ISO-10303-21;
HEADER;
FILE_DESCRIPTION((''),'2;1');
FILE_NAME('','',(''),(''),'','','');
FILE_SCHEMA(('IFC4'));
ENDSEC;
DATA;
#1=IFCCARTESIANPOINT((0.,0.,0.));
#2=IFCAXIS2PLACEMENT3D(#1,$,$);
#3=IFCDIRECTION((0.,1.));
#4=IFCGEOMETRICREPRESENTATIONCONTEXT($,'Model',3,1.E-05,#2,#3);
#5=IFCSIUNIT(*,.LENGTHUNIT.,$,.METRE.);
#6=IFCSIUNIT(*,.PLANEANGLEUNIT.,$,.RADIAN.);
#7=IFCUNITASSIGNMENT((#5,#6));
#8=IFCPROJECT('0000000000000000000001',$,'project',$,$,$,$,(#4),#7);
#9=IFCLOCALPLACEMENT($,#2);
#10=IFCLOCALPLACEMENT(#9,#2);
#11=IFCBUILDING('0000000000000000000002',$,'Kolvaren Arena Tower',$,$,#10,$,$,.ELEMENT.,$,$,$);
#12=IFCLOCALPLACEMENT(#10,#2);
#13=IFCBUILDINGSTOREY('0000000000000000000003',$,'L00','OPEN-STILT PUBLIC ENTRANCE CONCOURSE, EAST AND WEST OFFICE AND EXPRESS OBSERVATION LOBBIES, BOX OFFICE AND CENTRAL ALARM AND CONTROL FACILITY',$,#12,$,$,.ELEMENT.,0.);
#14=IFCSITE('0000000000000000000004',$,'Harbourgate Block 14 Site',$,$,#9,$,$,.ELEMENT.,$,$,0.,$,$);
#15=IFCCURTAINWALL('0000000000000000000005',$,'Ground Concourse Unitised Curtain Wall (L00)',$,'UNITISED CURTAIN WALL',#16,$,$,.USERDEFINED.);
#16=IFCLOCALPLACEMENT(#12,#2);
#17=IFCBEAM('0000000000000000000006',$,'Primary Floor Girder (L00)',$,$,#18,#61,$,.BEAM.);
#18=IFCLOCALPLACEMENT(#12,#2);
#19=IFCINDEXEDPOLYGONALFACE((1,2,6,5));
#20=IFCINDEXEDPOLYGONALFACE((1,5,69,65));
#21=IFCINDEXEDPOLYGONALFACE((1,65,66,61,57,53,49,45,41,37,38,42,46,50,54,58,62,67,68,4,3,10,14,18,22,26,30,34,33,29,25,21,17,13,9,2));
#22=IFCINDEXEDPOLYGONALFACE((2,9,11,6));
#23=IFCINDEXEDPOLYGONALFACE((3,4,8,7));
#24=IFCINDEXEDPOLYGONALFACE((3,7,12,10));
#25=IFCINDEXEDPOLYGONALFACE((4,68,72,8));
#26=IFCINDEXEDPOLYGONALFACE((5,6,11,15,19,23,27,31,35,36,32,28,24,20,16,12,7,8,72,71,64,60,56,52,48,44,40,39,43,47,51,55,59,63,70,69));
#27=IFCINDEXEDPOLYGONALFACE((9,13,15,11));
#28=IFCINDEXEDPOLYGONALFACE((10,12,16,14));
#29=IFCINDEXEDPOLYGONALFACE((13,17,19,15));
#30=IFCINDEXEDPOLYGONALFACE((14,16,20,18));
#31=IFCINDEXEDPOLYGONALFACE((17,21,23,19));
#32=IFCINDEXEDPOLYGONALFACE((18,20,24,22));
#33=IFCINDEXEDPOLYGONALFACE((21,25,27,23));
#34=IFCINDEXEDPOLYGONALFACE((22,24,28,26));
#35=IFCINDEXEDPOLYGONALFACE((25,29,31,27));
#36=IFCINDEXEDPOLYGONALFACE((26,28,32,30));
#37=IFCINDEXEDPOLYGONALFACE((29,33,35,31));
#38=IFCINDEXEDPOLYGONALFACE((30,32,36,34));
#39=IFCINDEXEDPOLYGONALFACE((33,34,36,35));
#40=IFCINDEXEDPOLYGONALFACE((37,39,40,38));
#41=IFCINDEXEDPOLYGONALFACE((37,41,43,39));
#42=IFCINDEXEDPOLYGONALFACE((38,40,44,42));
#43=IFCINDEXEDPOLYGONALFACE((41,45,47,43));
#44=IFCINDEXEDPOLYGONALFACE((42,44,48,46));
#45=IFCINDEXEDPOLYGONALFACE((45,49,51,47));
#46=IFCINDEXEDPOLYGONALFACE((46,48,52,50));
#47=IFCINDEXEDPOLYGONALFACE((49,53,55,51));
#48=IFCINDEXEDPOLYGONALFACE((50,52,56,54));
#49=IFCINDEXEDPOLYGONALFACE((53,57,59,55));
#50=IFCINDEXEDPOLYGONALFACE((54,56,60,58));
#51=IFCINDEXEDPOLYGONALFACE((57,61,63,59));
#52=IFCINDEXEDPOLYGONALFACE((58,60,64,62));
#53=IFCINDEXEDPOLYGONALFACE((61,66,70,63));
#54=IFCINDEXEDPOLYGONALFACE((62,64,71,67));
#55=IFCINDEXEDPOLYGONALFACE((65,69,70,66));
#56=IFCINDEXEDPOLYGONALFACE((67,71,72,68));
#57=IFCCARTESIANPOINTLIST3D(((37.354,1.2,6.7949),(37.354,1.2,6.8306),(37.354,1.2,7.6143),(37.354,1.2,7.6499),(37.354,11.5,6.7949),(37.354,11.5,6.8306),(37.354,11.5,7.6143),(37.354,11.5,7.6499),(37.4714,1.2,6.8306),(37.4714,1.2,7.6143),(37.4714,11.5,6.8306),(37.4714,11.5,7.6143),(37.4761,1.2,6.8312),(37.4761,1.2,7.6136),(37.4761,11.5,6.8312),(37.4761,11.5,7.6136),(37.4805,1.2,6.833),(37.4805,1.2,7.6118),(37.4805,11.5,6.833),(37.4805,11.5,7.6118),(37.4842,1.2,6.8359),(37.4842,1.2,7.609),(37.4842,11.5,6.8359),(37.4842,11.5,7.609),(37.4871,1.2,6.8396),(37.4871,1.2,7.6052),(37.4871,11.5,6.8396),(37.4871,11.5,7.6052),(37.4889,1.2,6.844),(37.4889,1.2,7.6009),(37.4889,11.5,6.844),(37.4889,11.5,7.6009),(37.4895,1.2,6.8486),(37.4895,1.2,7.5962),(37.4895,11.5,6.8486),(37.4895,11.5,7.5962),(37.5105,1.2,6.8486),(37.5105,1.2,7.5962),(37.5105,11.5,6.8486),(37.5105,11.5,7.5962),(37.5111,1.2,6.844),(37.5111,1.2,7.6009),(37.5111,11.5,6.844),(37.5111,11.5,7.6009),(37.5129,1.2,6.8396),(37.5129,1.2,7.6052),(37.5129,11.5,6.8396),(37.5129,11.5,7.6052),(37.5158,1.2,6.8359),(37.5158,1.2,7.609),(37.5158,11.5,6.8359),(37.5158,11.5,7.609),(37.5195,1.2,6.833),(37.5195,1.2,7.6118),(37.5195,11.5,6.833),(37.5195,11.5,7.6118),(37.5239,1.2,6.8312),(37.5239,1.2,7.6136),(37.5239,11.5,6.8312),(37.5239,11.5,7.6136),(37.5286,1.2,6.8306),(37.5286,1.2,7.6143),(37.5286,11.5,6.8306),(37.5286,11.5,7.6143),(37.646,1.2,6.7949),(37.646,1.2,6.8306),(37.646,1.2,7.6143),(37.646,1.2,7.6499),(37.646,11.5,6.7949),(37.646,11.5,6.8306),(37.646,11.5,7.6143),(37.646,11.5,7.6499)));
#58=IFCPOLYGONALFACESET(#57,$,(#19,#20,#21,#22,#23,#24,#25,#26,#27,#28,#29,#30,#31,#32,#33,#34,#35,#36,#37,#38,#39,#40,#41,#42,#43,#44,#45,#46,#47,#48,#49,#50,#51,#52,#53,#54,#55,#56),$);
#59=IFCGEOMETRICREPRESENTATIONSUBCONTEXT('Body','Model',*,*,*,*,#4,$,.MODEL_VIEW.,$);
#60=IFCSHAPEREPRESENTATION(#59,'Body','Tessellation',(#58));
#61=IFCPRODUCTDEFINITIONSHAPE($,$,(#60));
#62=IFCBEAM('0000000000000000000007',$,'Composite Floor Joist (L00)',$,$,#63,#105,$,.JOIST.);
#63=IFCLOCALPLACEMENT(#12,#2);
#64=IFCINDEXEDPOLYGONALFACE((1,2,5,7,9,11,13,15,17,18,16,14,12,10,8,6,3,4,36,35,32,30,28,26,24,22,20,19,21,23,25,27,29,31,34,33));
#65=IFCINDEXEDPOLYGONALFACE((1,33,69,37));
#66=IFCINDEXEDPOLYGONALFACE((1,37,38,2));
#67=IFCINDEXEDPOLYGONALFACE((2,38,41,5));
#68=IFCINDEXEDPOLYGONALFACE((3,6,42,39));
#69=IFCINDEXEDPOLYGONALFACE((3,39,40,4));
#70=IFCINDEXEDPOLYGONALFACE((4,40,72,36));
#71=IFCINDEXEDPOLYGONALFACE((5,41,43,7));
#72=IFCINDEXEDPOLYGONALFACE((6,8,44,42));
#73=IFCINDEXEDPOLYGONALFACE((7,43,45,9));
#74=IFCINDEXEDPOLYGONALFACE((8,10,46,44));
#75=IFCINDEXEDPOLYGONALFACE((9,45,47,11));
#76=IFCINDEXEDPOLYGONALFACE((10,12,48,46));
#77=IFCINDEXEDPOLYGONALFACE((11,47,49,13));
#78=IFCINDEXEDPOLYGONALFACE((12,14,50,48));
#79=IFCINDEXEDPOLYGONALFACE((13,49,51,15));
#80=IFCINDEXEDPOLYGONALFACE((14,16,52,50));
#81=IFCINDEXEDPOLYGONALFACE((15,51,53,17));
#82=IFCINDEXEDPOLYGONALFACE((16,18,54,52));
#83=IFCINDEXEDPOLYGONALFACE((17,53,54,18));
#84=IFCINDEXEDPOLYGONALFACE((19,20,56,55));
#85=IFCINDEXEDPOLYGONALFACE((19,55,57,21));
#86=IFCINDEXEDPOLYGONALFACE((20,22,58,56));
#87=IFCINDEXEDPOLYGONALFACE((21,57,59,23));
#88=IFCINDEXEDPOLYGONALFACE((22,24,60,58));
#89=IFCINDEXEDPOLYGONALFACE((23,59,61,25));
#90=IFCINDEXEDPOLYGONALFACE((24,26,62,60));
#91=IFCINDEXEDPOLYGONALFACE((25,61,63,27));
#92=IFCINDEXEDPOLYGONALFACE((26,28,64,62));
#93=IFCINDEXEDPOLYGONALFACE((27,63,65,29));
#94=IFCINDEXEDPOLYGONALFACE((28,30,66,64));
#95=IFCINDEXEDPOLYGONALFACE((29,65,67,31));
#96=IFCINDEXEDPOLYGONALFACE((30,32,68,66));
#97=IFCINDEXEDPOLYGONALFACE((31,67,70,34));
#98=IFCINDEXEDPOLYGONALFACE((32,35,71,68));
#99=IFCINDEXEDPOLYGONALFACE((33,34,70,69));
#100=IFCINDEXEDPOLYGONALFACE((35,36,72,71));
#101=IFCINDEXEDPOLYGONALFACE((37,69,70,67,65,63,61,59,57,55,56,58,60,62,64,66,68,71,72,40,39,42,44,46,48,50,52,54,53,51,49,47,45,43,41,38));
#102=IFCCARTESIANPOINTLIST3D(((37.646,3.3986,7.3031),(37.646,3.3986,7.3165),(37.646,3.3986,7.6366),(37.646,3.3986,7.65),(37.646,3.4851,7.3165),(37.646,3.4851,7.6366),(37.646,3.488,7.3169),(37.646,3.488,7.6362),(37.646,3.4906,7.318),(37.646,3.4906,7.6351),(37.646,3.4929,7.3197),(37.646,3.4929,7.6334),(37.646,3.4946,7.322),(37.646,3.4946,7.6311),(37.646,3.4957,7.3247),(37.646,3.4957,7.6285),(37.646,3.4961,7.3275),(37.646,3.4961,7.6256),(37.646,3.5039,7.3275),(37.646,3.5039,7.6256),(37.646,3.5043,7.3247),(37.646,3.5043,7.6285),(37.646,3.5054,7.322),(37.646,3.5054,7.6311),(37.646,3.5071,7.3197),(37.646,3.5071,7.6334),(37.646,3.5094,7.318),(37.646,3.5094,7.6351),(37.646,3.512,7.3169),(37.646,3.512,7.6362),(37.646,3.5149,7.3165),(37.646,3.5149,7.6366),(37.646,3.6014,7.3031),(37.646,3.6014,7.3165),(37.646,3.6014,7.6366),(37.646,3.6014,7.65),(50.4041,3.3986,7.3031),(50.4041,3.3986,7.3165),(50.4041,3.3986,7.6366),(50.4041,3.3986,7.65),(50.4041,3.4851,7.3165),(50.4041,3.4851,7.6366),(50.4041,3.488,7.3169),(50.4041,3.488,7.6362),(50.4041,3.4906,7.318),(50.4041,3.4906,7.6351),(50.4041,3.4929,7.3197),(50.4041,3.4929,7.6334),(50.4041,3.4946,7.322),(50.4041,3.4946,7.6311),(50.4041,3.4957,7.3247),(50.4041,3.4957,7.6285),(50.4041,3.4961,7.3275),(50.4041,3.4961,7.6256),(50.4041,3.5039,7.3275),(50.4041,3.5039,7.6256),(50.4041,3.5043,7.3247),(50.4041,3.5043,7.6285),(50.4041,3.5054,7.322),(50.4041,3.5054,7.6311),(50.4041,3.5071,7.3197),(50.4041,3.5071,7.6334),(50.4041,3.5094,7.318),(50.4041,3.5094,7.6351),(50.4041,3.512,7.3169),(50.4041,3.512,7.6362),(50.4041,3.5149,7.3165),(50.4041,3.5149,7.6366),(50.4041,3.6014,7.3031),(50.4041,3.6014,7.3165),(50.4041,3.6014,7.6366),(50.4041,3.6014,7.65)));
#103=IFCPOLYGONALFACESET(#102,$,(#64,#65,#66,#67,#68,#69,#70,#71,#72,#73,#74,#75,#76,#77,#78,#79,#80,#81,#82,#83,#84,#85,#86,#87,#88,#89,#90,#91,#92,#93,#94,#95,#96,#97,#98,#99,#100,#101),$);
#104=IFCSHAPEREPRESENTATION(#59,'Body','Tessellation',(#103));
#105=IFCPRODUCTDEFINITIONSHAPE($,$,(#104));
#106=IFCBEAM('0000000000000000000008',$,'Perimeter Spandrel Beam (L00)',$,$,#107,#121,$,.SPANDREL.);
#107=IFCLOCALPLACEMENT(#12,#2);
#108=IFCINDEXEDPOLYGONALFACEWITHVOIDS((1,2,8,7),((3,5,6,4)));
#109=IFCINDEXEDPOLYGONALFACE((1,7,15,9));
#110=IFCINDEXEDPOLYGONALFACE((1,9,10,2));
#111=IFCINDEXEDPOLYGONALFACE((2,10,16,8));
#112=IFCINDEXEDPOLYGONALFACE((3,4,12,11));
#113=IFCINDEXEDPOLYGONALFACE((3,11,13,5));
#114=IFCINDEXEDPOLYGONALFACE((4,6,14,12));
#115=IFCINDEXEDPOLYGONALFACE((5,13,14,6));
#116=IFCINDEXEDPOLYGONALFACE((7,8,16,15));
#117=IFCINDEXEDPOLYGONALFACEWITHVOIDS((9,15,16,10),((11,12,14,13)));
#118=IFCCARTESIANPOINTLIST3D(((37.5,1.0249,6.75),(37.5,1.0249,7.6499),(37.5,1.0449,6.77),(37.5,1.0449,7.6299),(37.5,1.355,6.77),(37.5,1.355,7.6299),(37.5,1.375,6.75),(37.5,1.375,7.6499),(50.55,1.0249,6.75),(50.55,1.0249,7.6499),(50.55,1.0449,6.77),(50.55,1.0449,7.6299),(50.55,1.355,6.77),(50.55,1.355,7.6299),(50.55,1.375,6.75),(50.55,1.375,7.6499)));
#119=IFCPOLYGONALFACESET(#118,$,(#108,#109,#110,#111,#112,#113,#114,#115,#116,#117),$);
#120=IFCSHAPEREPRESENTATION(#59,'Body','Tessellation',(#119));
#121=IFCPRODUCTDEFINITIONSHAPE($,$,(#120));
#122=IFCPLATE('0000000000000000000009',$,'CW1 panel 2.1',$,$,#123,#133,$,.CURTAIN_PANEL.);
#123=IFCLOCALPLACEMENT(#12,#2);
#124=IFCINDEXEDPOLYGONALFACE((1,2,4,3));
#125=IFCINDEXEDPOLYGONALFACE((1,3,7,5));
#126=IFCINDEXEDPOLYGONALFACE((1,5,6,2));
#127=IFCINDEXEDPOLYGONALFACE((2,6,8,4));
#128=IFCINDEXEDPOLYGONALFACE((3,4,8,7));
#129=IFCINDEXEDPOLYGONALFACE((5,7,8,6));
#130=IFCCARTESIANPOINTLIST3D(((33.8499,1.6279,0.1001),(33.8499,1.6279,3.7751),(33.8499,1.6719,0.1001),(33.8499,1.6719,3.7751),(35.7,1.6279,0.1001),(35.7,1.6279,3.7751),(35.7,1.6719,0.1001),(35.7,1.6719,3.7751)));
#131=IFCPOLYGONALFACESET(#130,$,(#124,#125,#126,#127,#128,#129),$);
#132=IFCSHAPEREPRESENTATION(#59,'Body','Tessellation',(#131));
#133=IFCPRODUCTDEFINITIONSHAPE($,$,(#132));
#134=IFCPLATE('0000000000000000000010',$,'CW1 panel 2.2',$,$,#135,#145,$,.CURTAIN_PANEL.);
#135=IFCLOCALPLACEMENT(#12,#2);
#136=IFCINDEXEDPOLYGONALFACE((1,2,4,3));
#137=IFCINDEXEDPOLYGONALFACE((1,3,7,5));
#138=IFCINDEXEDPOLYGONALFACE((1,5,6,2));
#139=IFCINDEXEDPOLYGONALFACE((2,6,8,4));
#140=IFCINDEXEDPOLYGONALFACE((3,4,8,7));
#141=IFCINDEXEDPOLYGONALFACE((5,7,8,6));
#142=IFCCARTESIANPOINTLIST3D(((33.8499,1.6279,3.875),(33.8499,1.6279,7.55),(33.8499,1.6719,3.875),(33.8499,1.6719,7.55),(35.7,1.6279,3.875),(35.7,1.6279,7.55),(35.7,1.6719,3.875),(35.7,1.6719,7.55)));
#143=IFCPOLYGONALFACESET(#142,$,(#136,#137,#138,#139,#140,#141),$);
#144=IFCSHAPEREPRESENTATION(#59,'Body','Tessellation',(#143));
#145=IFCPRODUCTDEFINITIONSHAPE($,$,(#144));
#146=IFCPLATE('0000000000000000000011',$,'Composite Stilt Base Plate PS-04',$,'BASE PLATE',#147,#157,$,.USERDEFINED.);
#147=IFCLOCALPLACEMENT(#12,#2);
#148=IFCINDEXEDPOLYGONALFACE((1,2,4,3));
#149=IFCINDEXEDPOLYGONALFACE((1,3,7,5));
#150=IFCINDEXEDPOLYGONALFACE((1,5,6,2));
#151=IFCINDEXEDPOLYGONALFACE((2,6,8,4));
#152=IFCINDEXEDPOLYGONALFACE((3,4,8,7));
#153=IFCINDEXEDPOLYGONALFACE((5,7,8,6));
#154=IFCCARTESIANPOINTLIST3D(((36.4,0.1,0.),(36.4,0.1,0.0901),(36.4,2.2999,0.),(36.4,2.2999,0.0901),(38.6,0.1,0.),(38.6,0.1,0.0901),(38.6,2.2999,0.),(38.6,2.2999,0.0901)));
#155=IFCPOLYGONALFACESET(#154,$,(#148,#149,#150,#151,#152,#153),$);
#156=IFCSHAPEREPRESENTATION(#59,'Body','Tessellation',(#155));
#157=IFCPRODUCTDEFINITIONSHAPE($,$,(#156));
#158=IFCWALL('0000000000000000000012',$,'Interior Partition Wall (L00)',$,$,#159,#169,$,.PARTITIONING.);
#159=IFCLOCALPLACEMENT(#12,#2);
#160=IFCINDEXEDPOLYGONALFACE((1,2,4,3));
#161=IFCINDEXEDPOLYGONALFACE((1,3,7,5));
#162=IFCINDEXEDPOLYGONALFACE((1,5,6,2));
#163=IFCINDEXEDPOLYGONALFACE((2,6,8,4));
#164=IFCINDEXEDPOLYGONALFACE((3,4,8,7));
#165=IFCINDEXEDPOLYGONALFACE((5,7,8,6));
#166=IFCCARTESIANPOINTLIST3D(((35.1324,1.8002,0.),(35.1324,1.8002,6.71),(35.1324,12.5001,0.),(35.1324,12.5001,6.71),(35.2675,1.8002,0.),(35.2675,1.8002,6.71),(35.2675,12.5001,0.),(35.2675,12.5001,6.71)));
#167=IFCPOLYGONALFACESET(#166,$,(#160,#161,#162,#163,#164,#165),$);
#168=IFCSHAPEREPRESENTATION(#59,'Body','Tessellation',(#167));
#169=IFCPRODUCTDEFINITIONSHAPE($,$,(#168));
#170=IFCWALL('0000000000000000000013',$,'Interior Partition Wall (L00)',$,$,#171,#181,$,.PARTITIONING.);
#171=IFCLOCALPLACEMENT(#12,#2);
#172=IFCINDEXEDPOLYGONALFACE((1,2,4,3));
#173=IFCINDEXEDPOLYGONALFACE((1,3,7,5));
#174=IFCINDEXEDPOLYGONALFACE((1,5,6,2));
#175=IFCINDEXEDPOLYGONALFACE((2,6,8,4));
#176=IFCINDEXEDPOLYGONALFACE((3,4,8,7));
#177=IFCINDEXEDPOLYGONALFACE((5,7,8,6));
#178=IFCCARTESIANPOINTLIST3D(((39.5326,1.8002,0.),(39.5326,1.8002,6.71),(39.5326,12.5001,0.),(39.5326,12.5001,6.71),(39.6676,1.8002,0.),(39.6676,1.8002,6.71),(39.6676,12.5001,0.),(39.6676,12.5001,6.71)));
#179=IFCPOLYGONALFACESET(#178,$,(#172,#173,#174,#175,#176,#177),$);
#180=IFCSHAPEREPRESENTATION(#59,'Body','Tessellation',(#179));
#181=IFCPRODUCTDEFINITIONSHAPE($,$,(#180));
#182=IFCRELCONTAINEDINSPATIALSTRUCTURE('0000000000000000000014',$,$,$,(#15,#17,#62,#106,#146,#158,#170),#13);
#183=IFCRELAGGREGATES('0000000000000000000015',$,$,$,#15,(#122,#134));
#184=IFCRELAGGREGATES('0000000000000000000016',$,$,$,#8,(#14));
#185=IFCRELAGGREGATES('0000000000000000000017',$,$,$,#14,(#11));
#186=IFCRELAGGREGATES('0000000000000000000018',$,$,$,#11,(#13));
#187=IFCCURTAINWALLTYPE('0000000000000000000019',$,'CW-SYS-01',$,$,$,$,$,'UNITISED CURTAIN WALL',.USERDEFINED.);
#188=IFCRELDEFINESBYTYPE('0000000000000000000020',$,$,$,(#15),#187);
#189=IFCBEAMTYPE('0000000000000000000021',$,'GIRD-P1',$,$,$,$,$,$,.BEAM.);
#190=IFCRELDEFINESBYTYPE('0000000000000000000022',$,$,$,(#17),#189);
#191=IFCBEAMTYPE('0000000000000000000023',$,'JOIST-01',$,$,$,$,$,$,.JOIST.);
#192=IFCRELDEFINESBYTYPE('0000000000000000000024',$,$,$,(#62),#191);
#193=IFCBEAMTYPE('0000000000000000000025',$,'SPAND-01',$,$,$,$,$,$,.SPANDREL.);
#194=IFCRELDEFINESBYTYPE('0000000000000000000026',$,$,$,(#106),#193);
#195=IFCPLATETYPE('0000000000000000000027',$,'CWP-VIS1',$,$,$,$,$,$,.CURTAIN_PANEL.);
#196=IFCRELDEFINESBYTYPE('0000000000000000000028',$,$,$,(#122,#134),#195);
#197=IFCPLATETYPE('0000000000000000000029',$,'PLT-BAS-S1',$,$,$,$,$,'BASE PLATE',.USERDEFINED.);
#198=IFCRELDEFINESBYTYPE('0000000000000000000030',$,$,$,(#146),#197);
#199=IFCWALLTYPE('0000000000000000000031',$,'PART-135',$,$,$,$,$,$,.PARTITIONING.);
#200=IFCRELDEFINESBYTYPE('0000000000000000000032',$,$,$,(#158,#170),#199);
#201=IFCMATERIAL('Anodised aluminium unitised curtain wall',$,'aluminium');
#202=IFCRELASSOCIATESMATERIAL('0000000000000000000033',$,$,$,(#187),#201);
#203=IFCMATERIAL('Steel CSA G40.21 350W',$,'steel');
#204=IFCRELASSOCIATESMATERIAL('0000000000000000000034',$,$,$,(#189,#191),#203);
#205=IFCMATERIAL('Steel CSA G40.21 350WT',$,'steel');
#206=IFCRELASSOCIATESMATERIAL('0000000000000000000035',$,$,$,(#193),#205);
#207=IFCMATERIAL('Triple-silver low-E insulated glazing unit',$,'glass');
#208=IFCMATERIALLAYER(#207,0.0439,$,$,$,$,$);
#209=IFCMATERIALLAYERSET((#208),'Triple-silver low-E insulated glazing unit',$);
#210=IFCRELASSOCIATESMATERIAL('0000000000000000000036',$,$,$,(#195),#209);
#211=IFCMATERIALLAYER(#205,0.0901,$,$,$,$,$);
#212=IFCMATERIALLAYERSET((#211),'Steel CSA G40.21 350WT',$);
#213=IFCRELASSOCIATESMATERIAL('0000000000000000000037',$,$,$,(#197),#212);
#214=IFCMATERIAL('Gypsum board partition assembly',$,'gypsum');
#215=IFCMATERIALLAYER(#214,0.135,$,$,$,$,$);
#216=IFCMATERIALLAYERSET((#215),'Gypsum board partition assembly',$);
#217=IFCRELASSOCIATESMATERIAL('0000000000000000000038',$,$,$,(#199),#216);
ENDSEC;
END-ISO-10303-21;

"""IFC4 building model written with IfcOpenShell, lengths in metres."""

from ifc_helpers import new_model, si_unit, direction, frame, frame_2d, origin, origin_2d, place, context, subcontext, project, spatial, rectangle, hollow_rectangle, i_section, extrude, material, layer, layer_set, material_profile, profile_set, type_object, element, aggregate, save


model = new_model("IFC4")

# Units and contexts
model_context = context("Model", 3, precision=1e-05, world=origin(), true_north=direction((0.0, 1.0)))
body_context = subcontext(model_context, "Body", "Model", "MODEL_VIEW")
ifc_project = project(units=[si_unit("LENGTHUNIT", "METRE"), si_unit("PLANEANGLEUNIT", "RADIAN")], contexts=[model_context])

# Site, building, storey
site_placement = place(None, origin())
site = spatial("IfcSite", under=ifc_project, at=site_placement, Name="Harbourgate Block 14 Site", CompositionType="ELEMENT", RefElevation=0.0)
building_placement = place(site_placement, origin())
building = spatial("IfcBuilding", under=site, at=building_placement, Name="Kolvaren Arena Tower", CompositionType="ELEMENT")
storey_placement = place(building_placement, origin())
storey = spatial("IfcBuildingStorey", under=building, at=storey_placement, Name="L00", Description="OPEN-STILT PUBLIC ENTRANCE CONCOURSE, EAST AND WEST OFFICE AND EXPRESS OBSERVATION LOBBIES, BOX OFFICE AND CENTRAL ALARM AND CONTROL FACILITY", CompositionType="ELEMENT", Elevation=0.0)

# Curtain wall
ifc_material_1 = material(Name="Anodised aluminium unitised curtain wall", Category="aluminium")
curtain_wall_type = type_object("IfcCurtainWallType", Name="CW-SYS-01", ElementType="UNITISED CURTAIN WALL", PredefinedType="USERDEFINED", material=ifc_material_1)
curtain_wall_1_placement = place(storey_placement, origin())
curtain_wall_1 = element("IfcCurtainWall", 1, at=curtain_wall_1_placement, inside=storey, type_object=curtain_wall_type, Name="Ground Concourse Unitised Curtain Wall (L00)", ObjectType="UNITISED CURTAIN WALL", PredefinedType="USERDEFINED")

# Beams
ifc_material_2 = material(Name="Steel CSA G40.21 350W", Category="steel")
ifc_material_profile_1 = material_profile(ifc_material_2, i_section(OverallWidth=0.292, OverallDepth=0.855, WebThickness=0.021, FlangeThickness=0.0356, FilletRadius=0.0181, at=origin_2d()), Name="W840x299")
ifc_profile_set_1 = profile_set([ifc_material_profile_1], Name="Steel CSA G40.21 350W")
beam_type_1 = type_object("IfcBeamType", Name="GIRD-P1", PredefinedType="BEAM", material=ifc_profile_set_1)
beam_1_placement = place(storey_placement, frame((37.5, 1.2, 7.2224), z_axis=(0.0, 1.0, 0.0), x_axis=(-1.0, 0.0, 0.0)))
element("IfcBeam", 2, at=beam_1_placement, inside=storey, type_object=beam_type_1, Name="Primary Floor Girder (L00)", PredefinedType="BEAM", context=body_context, shape_type="SweptSolid", body=[
    extrude(i_section(OverallWidth=0.292, OverallDepth=0.855, WebThickness=0.021, FlangeThickness=0.0356, FilletRadius=0.0181, at=origin_2d()), origin(), (0.0, 0.0, 1.0), 10.3),
])
ifc_material_profile_2 = material_profile(ifc_material_2, i_section(OverallWidth=0.2029, OverallDepth=0.3469, WebThickness=0.0078, FlangeThickness=0.0134, FilletRadius=0.011, at=origin_2d()), Name="W360x64")
ifc_profile_set_2 = profile_set([ifc_material_profile_2], Name="Steel CSA G40.21 350W")
beam_type_2 = type_object("IfcBeamType", Name="JOIST-01", PredefinedType="JOIST", material=ifc_profile_set_2)
beam_2_placement = place(storey_placement, frame((37.646, 3.5, 7.4766), z_axis=(1.0, 0.0, 0.0), x_axis=(0.0, 1.0, 0.0)))
element("IfcBeam", 3, at=beam_2_placement, inside=storey, type_object=beam_type_2, Name="Composite Floor Joist (L00)", PredefinedType="JOIST", context=body_context, shape_type="SweptSolid", body=[
    extrude(i_section(OverallWidth=0.2029, OverallDepth=0.3469, WebThickness=0.0078, FlangeThickness=0.0134, FilletRadius=0.011, at=origin_2d()), origin(), (0.0, 0.0, 1.0), 12.7581),
])
ifc_material_3 = material(Name="Steel CSA G40.21 350WT", Category="steel")
ifc_material_profile_3 = material_profile(ifc_material_3, hollow_rectangle(XDim=0.3501, YDim=0.8999, WallThickness=0.02, at=origin_2d()), Name="HSS 900x350x20")
ifc_profile_set_3 = profile_set([ifc_material_profile_3], Name="Steel CSA G40.21 350WT")
beam_type_3 = type_object("IfcBeamType", Name="SPAND-01", PredefinedType="SPANDREL", material=ifc_profile_set_3)
beam_3_placement = place(storey_placement, frame((37.5, 1.2, 7.2), z_axis=(1.0, 0.0, 0.0), x_axis=(0.0, 1.0, 0.0)))
element("IfcBeam", 4, at=beam_3_placement, inside=storey, type_object=beam_type_3, Name="Perimeter Spandrel Beam (L00)", PredefinedType="SPANDREL", context=body_context, shape_type="SweptSolid", body=[
    extrude(hollow_rectangle(XDim=0.3501, YDim=0.8999, WallThickness=0.02, at=origin_2d()), origin(), (0.0, 0.0, 1.0), 13.05),
])

# Plates
ifc_material_4 = material(Name="Triple-silver low-E insulated glazing unit", Category="glass")
ifc_layer_1 = layer(ifc_material_4, 0.0439)
ifc_layer_set_1 = layer_set([ifc_layer_1], Name="Triple-silver low-E insulated glazing unit")
plate_type_1 = type_object("IfcPlateType", Name="CWP-VIS1", PredefinedType="CURTAIN_PANEL", material=ifc_layer_set_1)
plate_1_placement = place(storey_placement, frame((34.7749, 1.6499, 0.1001), z_axis=(0.0, 0.0, 1.0), x_axis=(1.0, 0.0, 0.0)))
plate_1 = element("IfcPlate", 5, at=plate_1_placement, type_object=plate_type_1, Name="CW1 panel 2.1", PredefinedType="CURTAIN_PANEL", context=body_context, shape_type="SweptSolid", body=[
    extrude(rectangle(XDim=1.8501, YDim=0.0439, at=origin_2d()), origin(), (0.0, 0.0, 1.0), 3.675),
])
plate_2_placement = place(storey_placement, frame((34.7749, 1.6499, 3.875), z_axis=(0.0, 0.0, 1.0), x_axis=(1.0, 0.0, 0.0)))
plate_2 = element("IfcPlate", 6, at=plate_2_placement, type_object=plate_type_1, Name="CW1 panel 2.2", PredefinedType="CURTAIN_PANEL", context=body_context, shape_type="SweptSolid", body=[
    extrude(rectangle(XDim=1.8501, YDim=0.0439, at=origin_2d()), origin(), (0.0, 0.0, 1.0), 3.675),
])
aggregate(curtain_wall_1, [plate_1, plate_2])
ifc_layer_2 = layer(ifc_material_3, 0.0901)
ifc_layer_set_2 = layer_set([ifc_layer_2], Name="Steel CSA G40.21 350WT")
plate_type_2 = type_object("IfcPlateType", Name="PLT-BAS-S1", ElementType="BASE PLATE", PredefinedType="USERDEFINED", material=ifc_layer_set_2)
plate_3_placement = place(storey_placement, frame((37.5, 1.2, 0.0), z_axis=(0.0, 0.0, 1.0), x_axis=(1.0, 0.0, 0.0)))
element("IfcPlate", 7, at=plate_3_placement, inside=storey, type_object=plate_type_2, Name="Composite Stilt Base Plate PS-04", ObjectType="BASE PLATE", PredefinedType="USERDEFINED", context=body_context, shape_type="SweptSolid", body=[
    extrude(rectangle(XDim=2.2, YDim=2.2, at=origin_2d()), origin(), (0.0, 0.0, 1.0), 0.0901),
])

# Walls
ifc_material_5 = material(Name="Gypsum board partition assembly", Category="gypsum")
ifc_layer_3 = layer(ifc_material_5, 0.135)
ifc_layer_set_3 = layer_set([ifc_layer_3], Name="Gypsum board partition assembly")
wall_type_1 = type_object("IfcWallType", Name="PART-135", PredefinedType="PARTITIONING", material=ifc_layer_set_3)
for number, where, z_axis, x_axis, name in (
    (8, (35.2, 1.8, 0.0), (0.0, 0.0, 1.0), (0.0, 1.0, 0.0), "Interior Partition Wall (L00)"),
    (9, (39.6001, 1.8, 0.0), (0.0, 0.0, 1.0), (0.0, 1.0, 0.0), "Interior Partition Wall (L00)"),
):
    element("IfcWall", number, at=place(storey_placement, frame(where, z_axis=z_axis, x_axis=x_axis)), inside=storey, type_object=wall_type_1, Name=name, PredefinedType="PARTITIONING", context=body_context, shape_type="SweptSolid", body=[
        extrude(rectangle(XDim=10.7, YDim=0.135, at=frame_2d((5.3501, 0.0))), origin(), (0.0, 0.0, 1.0), 6.71),
    ])

save(model, "model.ifc")
